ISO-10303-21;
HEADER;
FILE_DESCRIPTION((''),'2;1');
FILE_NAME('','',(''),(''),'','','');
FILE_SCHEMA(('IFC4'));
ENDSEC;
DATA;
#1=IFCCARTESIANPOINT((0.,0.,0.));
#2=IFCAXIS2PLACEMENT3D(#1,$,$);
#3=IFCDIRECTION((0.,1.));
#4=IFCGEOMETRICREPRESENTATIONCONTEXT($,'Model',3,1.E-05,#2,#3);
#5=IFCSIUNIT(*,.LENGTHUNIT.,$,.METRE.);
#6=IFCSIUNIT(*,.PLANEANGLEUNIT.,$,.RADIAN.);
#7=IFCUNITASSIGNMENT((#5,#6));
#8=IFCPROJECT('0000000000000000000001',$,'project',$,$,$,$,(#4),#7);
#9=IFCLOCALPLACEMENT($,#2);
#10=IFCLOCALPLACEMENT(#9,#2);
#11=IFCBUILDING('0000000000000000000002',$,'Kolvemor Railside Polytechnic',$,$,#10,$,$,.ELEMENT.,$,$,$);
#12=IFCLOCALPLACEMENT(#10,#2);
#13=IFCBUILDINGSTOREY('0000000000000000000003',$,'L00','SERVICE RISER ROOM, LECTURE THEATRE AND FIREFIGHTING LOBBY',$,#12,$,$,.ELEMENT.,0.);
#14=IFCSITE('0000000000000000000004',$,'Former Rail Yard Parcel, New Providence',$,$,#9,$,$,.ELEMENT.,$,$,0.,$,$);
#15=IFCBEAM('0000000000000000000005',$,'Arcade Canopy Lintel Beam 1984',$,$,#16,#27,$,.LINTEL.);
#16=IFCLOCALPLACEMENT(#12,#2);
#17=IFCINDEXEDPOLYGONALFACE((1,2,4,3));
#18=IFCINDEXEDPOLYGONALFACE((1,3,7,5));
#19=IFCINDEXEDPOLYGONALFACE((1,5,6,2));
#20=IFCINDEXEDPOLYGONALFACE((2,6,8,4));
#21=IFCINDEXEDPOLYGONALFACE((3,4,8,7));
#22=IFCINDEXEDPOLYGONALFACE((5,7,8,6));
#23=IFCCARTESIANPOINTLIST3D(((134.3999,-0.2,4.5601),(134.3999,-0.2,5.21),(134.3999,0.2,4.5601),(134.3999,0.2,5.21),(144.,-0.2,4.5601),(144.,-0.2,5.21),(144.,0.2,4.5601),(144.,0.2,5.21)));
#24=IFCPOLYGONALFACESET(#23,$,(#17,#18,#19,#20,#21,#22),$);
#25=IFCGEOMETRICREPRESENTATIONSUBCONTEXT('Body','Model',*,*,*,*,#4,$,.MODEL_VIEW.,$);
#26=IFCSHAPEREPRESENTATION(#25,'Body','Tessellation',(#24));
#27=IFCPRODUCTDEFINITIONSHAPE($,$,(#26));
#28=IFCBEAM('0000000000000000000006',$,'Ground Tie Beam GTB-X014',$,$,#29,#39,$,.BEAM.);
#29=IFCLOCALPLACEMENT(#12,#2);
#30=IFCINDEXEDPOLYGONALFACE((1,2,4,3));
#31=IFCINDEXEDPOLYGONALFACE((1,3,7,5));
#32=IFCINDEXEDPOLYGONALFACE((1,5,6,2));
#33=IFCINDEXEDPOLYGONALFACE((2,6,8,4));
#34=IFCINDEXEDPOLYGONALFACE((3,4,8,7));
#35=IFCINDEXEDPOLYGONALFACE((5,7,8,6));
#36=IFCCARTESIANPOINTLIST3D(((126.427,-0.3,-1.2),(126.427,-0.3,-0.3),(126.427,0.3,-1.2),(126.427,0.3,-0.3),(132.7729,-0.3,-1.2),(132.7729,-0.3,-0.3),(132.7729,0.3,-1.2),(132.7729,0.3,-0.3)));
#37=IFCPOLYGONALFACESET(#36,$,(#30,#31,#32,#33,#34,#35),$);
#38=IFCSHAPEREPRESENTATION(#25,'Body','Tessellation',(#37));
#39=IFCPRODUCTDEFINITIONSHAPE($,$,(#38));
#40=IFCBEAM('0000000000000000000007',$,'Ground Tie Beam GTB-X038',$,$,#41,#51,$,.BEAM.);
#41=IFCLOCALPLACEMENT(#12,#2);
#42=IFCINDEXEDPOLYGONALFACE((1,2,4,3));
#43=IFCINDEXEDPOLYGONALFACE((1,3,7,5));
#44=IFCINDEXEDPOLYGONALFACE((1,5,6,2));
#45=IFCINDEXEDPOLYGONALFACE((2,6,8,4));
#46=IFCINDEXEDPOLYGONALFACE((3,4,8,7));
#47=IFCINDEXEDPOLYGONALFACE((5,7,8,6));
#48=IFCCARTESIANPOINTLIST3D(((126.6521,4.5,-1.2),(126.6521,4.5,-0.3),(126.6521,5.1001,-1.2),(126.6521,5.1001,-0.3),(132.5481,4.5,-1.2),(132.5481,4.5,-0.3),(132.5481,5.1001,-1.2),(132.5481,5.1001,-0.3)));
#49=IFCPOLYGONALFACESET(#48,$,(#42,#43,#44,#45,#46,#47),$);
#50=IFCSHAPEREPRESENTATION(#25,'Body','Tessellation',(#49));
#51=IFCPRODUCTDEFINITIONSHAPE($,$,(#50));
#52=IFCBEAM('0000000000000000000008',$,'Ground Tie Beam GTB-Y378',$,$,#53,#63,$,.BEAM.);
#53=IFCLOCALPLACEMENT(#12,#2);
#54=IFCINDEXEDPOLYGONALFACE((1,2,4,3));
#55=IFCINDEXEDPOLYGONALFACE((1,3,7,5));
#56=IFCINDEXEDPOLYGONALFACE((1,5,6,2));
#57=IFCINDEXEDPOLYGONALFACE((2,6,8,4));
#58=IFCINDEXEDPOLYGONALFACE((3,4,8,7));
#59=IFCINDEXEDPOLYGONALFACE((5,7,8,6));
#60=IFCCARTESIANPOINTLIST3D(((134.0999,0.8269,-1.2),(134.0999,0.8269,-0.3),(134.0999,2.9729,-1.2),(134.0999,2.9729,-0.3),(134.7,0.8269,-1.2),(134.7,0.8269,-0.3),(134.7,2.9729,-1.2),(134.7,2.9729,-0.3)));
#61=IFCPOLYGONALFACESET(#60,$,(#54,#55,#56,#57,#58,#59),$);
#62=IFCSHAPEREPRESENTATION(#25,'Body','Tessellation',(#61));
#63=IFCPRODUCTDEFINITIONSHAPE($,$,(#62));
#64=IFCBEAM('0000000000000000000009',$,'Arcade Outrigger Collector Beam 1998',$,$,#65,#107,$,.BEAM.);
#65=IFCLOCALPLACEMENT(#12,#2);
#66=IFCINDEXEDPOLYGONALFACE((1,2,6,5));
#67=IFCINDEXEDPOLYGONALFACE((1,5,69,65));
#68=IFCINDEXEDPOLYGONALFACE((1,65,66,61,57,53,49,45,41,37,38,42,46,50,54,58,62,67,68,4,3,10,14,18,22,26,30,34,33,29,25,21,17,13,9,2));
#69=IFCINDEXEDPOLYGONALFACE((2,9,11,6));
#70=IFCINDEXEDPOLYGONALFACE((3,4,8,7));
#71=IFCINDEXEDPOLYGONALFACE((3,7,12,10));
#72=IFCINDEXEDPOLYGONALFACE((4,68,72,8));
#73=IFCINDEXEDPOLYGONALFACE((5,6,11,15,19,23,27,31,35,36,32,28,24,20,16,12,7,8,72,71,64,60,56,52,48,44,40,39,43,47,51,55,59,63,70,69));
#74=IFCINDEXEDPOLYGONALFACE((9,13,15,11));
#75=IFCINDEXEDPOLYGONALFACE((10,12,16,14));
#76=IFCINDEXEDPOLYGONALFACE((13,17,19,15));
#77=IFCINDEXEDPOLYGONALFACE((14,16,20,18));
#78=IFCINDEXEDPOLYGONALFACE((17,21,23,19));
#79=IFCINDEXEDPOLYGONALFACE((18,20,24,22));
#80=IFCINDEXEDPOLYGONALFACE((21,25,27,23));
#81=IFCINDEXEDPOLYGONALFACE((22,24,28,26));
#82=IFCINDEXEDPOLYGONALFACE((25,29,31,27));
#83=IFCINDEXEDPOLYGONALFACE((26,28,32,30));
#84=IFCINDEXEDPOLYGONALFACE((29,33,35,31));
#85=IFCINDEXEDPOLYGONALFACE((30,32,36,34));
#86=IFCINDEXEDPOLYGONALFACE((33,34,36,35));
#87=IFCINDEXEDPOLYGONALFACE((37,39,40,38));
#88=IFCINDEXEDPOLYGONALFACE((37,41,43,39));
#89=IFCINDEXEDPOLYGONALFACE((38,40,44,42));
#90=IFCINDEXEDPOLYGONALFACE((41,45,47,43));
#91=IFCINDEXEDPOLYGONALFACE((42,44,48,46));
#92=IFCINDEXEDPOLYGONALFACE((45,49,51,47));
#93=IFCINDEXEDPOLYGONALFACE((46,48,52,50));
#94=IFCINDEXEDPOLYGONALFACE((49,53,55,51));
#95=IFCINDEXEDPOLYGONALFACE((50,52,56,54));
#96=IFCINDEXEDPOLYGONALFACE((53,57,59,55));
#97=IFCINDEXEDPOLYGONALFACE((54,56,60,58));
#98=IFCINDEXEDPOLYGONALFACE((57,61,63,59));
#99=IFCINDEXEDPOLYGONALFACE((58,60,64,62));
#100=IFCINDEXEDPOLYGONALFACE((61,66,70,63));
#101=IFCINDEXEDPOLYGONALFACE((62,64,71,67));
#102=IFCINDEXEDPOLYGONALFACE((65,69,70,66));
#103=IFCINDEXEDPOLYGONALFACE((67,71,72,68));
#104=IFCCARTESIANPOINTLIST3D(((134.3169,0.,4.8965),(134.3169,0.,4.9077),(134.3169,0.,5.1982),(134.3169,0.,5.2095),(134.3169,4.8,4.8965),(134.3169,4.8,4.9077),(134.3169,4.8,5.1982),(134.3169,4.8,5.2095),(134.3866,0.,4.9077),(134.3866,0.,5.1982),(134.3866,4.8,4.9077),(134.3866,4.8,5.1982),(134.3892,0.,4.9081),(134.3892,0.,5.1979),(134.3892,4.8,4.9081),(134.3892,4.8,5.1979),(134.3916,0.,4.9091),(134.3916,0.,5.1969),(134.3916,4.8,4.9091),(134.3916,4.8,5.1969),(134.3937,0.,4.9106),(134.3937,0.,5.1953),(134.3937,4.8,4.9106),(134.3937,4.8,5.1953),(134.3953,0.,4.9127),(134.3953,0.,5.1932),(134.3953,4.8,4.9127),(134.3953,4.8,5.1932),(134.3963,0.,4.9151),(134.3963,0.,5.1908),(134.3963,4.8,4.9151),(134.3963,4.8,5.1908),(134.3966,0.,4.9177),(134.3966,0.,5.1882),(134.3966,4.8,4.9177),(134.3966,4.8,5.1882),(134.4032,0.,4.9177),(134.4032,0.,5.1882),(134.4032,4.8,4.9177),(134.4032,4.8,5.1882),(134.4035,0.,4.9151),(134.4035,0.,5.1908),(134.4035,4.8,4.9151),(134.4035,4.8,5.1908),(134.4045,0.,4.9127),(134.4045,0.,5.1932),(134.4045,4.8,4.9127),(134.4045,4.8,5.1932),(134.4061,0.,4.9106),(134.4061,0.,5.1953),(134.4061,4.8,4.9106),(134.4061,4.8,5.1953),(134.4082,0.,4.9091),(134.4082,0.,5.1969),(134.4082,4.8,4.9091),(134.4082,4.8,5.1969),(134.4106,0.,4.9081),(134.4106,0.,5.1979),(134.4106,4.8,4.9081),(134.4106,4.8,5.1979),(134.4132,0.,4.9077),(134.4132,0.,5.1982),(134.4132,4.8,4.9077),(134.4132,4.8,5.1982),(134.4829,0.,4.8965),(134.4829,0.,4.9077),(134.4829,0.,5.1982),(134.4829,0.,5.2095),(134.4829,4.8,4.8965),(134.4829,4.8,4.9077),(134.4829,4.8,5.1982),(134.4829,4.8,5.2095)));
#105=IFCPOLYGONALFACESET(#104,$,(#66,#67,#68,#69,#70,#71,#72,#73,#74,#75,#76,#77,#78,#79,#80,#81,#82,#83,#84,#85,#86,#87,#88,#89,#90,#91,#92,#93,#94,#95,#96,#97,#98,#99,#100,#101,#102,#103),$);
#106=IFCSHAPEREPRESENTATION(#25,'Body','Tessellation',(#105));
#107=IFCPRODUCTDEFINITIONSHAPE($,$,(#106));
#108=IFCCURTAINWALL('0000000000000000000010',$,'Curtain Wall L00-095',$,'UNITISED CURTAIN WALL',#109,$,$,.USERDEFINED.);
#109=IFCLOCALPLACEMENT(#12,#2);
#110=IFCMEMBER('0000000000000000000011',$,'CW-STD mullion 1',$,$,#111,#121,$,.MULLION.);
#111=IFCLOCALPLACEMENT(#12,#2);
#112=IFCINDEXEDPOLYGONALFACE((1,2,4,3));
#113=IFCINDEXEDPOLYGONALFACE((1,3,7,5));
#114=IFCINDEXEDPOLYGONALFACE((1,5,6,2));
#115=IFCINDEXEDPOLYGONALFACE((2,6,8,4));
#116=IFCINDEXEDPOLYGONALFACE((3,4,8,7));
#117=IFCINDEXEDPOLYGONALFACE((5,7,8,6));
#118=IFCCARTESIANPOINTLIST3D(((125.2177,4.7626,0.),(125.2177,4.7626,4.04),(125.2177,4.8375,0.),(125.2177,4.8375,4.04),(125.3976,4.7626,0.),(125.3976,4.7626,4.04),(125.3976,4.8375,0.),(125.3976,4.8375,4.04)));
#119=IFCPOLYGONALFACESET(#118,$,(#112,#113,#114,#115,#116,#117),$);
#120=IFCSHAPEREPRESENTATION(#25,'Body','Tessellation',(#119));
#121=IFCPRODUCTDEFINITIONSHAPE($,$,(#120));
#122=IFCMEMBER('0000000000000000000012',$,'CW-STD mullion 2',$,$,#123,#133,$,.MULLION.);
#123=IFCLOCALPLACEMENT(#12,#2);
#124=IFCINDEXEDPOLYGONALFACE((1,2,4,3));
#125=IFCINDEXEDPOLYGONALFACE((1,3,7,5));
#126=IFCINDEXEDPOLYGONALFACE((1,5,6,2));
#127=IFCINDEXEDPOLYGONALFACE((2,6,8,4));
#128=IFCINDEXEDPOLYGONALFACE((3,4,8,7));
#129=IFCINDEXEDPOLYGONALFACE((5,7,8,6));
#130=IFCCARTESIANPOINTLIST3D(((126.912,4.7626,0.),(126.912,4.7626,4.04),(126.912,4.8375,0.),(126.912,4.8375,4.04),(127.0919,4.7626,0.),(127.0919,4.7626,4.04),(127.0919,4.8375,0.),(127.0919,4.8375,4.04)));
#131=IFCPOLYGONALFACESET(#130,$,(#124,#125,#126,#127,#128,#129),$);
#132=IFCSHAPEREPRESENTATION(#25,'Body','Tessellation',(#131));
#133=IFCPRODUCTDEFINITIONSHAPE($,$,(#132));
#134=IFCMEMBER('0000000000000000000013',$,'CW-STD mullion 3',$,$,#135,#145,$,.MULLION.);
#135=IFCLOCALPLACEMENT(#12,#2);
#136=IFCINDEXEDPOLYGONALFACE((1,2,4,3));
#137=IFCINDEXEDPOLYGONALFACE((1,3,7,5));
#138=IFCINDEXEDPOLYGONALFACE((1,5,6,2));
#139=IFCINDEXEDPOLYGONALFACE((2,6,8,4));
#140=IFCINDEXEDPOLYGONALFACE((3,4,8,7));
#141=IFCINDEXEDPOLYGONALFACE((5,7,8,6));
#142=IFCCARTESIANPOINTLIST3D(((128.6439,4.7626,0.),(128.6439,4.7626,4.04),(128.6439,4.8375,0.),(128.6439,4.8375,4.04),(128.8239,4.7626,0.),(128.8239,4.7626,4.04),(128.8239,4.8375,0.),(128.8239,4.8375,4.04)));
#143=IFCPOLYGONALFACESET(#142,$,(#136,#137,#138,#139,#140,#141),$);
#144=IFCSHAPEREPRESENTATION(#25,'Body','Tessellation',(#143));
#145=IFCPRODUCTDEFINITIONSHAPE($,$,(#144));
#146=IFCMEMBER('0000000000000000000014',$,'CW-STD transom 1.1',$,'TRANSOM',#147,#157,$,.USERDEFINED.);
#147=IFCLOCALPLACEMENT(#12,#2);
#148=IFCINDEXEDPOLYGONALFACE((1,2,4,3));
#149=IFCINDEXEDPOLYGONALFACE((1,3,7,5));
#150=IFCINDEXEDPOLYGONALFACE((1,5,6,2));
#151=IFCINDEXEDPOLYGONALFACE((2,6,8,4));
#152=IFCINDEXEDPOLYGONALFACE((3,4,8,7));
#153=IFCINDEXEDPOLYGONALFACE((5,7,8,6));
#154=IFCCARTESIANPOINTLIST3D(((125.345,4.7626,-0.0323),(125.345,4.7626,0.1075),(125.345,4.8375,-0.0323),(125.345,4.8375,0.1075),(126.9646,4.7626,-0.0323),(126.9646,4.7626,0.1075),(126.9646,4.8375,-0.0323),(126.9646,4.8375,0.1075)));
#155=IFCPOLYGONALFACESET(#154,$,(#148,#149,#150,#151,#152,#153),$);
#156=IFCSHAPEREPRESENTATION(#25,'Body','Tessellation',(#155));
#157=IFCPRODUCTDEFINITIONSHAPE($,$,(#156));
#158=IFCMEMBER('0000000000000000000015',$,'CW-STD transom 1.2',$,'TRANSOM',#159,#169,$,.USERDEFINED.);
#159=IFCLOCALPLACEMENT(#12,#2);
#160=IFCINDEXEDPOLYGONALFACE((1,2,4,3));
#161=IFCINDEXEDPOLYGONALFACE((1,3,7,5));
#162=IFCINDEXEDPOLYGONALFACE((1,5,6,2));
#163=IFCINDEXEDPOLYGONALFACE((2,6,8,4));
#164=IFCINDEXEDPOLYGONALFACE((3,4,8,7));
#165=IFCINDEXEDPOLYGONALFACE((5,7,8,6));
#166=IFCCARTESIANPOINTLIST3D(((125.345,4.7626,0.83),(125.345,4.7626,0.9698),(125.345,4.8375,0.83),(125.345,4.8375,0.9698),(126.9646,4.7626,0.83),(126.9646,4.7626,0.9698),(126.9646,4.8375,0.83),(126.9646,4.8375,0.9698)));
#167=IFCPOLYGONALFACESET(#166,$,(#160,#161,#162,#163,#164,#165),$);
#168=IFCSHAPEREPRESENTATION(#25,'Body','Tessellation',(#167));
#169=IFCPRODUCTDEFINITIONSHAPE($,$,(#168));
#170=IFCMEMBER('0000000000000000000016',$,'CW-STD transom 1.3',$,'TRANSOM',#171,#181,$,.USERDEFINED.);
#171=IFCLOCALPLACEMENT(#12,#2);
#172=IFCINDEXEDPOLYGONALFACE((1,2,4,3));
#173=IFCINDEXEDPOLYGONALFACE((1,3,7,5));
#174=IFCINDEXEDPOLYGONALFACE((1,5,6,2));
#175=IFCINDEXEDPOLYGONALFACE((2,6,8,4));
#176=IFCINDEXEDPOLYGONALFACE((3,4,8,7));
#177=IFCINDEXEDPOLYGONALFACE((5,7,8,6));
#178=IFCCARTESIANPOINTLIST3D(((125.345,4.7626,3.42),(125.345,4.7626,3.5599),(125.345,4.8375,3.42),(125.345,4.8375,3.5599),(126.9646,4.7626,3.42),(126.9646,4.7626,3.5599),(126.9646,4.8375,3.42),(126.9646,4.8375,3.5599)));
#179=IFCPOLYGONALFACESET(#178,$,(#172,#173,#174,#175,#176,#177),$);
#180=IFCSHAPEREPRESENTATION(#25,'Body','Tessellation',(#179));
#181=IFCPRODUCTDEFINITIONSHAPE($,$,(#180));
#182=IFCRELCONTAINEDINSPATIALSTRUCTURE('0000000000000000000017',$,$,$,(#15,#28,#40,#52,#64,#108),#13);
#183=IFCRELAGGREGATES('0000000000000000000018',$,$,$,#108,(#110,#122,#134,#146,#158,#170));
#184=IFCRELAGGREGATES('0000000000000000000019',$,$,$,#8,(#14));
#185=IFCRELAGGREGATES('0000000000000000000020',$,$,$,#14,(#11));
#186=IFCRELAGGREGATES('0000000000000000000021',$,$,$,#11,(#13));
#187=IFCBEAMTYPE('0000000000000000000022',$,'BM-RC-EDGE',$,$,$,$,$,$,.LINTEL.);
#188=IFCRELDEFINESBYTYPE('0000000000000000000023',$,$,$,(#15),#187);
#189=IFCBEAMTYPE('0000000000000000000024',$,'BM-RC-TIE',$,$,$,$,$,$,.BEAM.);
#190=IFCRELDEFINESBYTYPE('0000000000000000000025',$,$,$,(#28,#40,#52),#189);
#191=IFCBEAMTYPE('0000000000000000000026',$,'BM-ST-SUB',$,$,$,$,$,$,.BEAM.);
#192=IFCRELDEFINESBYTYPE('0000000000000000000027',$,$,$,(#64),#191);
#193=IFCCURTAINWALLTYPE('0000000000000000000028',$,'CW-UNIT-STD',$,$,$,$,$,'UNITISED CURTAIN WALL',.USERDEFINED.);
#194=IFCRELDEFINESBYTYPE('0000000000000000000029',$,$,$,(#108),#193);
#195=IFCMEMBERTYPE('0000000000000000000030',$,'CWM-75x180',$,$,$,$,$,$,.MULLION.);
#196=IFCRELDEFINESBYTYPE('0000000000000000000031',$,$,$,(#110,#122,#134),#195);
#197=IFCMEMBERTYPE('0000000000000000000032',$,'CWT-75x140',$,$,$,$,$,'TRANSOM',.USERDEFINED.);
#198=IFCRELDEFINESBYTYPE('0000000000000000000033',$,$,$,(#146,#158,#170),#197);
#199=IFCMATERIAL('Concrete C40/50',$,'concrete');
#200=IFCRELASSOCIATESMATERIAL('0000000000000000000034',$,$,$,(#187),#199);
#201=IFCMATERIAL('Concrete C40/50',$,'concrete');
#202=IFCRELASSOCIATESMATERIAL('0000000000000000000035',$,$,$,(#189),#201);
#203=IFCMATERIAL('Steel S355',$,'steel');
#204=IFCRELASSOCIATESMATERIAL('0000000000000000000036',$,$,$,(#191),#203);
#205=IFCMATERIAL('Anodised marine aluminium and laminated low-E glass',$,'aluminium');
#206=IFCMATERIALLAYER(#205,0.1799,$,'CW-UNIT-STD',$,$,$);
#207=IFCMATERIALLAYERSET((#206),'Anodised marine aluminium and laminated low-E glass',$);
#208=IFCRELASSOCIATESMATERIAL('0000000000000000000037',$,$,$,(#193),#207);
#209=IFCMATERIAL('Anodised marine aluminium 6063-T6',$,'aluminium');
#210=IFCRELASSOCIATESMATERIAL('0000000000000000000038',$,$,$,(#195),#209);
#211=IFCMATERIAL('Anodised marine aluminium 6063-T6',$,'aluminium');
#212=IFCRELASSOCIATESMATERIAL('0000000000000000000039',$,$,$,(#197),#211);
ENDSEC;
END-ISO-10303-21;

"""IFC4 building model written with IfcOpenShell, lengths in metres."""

from ifc_helpers import new_model, si_unit, direction, frame, origin, origin_2d, place, context, subcontext, project, spatial, rectangle, i_section, extrude, material, layer, layer_set, material_profile, profile_set, type_object, element, aggregate, save


model = new_model("IFC4")

# Units and contexts
model_context = context("Model", 3, precision=1e-05, world=origin(), true_north=direction((0.0, 1.0)))
body_context = subcontext(model_context, "Body", "Model", "MODEL_VIEW")
ifc_project = project(units=[si_unit("LENGTHUNIT", "METRE"), si_unit("PLANEANGLEUNIT", "RADIAN")], contexts=[model_context])

# Site, building, storey
site_placement = place(None, origin())
site = spatial("IfcSite", under=ifc_project, at=site_placement, Name="Former Rail Yard Parcel, New Providence", CompositionType="ELEMENT", RefElevation=0.0)
building_placement = place(site_placement, origin())
building = spatial("IfcBuilding", under=site, at=building_placement, Name="Kolvemor Railside Polytechnic", CompositionType="ELEMENT")
storey_placement = place(building_placement, origin())
storey = spatial("IfcBuildingStorey", under=building, at=storey_placement, Name="L00", Description="SERVICE RISER ROOM, LECTURE THEATRE AND FIREFIGHTING LOBBY", CompositionType="ELEMENT", Elevation=0.0)

# Beams
ifc_material_1 = material(Name="Concrete C40/50", Category="concrete")
ifc_material_profile_1 = material_profile(ifc_material_1, rectangle(XDim=0.3999, YDim=0.6499, at=origin_2d()), Name="RC400x650")
ifc_profile_set_1 = profile_set([ifc_material_profile_1], Name="Concrete C40/50")
beam_type_1 = type_object("IfcBeamType", Name="BM-RC-EDGE", PredefinedType="LINTEL", material=ifc_profile_set_1)
beam_1_placement = place(storey_placement, frame((134.3999, 0.0, 4.885), z_axis=(1.0, 0.0, 0.0), x_axis=(0.0, 1.0, 0.0)))
element("IfcBeam", 1, at=beam_1_placement, inside=storey, type_object=beam_type_1, Name="Arcade Canopy Lintel Beam 1984", PredefinedType="LINTEL", context=body_context, shape_type="SweptSolid", body=[
    extrude(rectangle(XDim=0.3999, YDim=0.6499, at=origin_2d()), origin(), (0.0, 0.0, 1.0), 9.6001),
])
ifc_material_2 = material(Name="Concrete C40/50", Category="concrete")
ifc_material_profile_2 = material_profile(ifc_material_2, rectangle(XDim=0.6001, YDim=0.8999, at=origin_2d()), Name="RC600x900")
ifc_profile_set_2 = profile_set([ifc_material_profile_2], Name="Concrete C40/50")
beam_type_2 = type_object("IfcBeamType", Name="BM-RC-TIE", PredefinedType="BEAM", material=ifc_profile_set_2)
beam_2_placement = place(storey_placement, frame((126.427, 0.0, -0.75), z_axis=(1.0, 0.0, 0.0), x_axis=(0.0, 1.0, 0.0)))
element("IfcBeam", 2, at=beam_2_placement, inside=storey, type_object=beam_type_2, Name="Ground Tie Beam GTB-X014", PredefinedType="BEAM", context=body_context, shape_type="SweptSolid", body=[
    extrude(rectangle(XDim=0.6001, YDim=0.8999, at=origin_2d()), origin(), (0.0, 0.0, 1.0), 6.3459),
])
beam_3_placement = place(storey_placement, frame((126.6521, 4.8, -0.75), z_axis=(1.0, 0.0, 0.0), x_axis=(0.0, 1.0, 0.0)))
element("IfcBeam", 3, at=beam_3_placement, inside=storey, type_object=beam_type_2, Name="Ground Tie Beam GTB-X038", PredefinedType="BEAM", context=body_context, shape_type="SweptSolid", body=[
    extrude(rectangle(XDim=0.6001, YDim=0.8999, at=origin_2d()), origin(), (0.0, 0.0, 1.0), 5.896),
])
beam_4_placement = place(storey_placement, frame((134.3999, 0.8269, -0.75), z_axis=(0.0, 1.0, 0.0), x_axis=(-1.0, 0.0, 0.0)))
element("IfcBeam", 4, at=beam_4_placement, inside=storey, type_object=beam_type_2, Name="Ground Tie Beam GTB-Y378", PredefinedType="BEAM", context=body_context, shape_type="SweptSolid", body=[
    extrude(rectangle(XDim=0.6001, YDim=0.8999, at=origin_2d()), origin(), (0.0, 0.0, 1.0), 2.146),
])
ifc_material_3 = material(Name="Steel S355", Category="steel")
ifc_material_profile_3 = material_profile(ifc_material_3, i_section(OverallWidth=0.166, OverallDepth=0.313, WebThickness=0.0066, FlangeThickness=0.0112, FilletRadius=0.01, at=origin_2d()), Name="W310x45")
ifc_profile_set_3 = profile_set([ifc_material_profile_3], Name="Steel S355")
beam_type_3 = type_object("IfcBeamType", Name="BM-ST-SUB", PredefinedType="BEAM", material=ifc_profile_set_3)
beam_5_placement = place(storey_placement, frame((134.3999, 0.0, 5.053), z_axis=(0.0, 1.0, 0.0), x_axis=(-1.0, 0.0, 0.0)))
element("IfcBeam", 5, at=beam_5_placement, inside=storey, type_object=beam_type_3, Name="Arcade Outrigger Collector Beam 1998", PredefinedType="BEAM", context=body_context, shape_type="SweptSolid", body=[
    extrude(i_section(OverallWidth=0.166, OverallDepth=0.313, WebThickness=0.0066, FlangeThickness=0.0112, FilletRadius=0.01, at=origin_2d()), origin(), (0.0, 0.0, 1.0), 4.8),
])

# Curtain wall, members
ifc_material_4 = material(Name="Anodised marine aluminium and laminated low-E glass", Category="aluminium")
ifc_layer_1 = layer(ifc_material_4, 0.1799, Name="CW-UNIT-STD")
ifc_layer_set_1 = layer_set([ifc_layer_1], Name="Anodised marine aluminium and laminated low-E glass")
curtain_wall_type = type_object("IfcCurtainWallType", Name="CW-UNIT-STD", ElementType="UNITISED CURTAIN WALL", PredefinedType="USERDEFINED", material=ifc_layer_set_1)
curtain_wall_placement = place(storey_placement, origin())
curtain_wall = element("IfcCurtainWall", 6, at=curtain_wall_placement, inside=storey, type_object=curtain_wall_type, Name="Curtain Wall L00-095", ObjectType="UNITISED CURTAIN WALL", PredefinedType="USERDEFINED")
ifc_material_5 = material(Name="Anodised marine aluminium 6063-T6", Category="aluminium")
ifc_material_profile_4 = material_profile(ifc_material_5, rectangle(XDim=0.075, YDim=0.1799, at=origin_2d()), Name="CW-MUL-75x180")
ifc_profile_set_4 = profile_set([ifc_material_profile_4], Name="Anodised marine aluminium 6063-T6")
member_type_1 = type_object("IfcMemberType", Name="CWM-75x180", PredefinedType="MULLION", material=ifc_profile_set_4)
member_1_placement = place(storey_placement, frame((125.3076, 4.8, 0.0), z_axis=(0.0, 0.0, 1.0), x_axis=(0.0, 1.0, 0.0)))
member_1 = element("IfcMember", 7, at=member_1_placement, type_object=member_type_1, Name="CW-STD mullion 1", PredefinedType="MULLION", context=body_context, shape_type="SweptSolid", body=[
    extrude(rectangle(XDim=0.075, YDim=0.1799, at=origin_2d()), origin(), (0.0, 0.0, 1.0), 4.04),
])
member_2_placement = place(storey_placement, frame((127.002, 4.8, 0.0), z_axis=(0.0, 0.0, 1.0), x_axis=(0.0, 1.0, 0.0)))
member_2 = element("IfcMember", 8, at=member_2_placement, type_object=member_type_1, Name="CW-STD mullion 2", PredefinedType="MULLION", context=body_context, shape_type="SweptSolid", body=[
    extrude(rectangle(XDim=0.075, YDim=0.1799, at=origin_2d()), origin(), (0.0, 0.0, 1.0), 4.04),
])
member_3_placement = place(storey_placement, frame((128.7339, 4.8, 0.0), z_axis=(0.0, 0.0, 1.0), x_axis=(0.0, 1.0, 0.0)))
member_3 = element("IfcMember", 9, at=member_3_placement, type_object=member_type_1, Name="CW-STD mullion 3", PredefinedType="MULLION", context=body_context, shape_type="SweptSolid", body=[
    extrude(rectangle(XDim=0.075, YDim=0.1799, at=origin_2d()), origin(), (0.0, 0.0, 1.0), 4.04),
])
ifc_material_6 = material(Name="Anodised marine aluminium 6063-T6", Category="aluminium")
ifc_material_profile_5 = material_profile(ifc_material_6, rectangle(XDim=0.075, YDim=0.1399, at=origin_2d()), Name="CW-TRN-75x140")
ifc_profile_set_5 = profile_set([ifc_material_profile_5], Name="Anodised marine aluminium 6063-T6")
member_type_2 = type_object("IfcMemberType", Name="CWT-75x140", ElementType="TRANSOM", PredefinedType="USERDEFINED", material=ifc_profile_set_5)
member_4_placement = place(storey_placement, frame((125.345, 4.8, 0.0376), z_axis=(1.0, 0.0, 0.0), x_axis=(0.0, 1.0, 0.0)))
member_4 = element("IfcMember", 10, at=member_4_placement, type_object=member_type_2, Name="CW-STD transom 1.1", ObjectType="TRANSOM", PredefinedType="USERDEFINED", context=body_context, shape_type="SweptSolid", body=[
    extrude(rectangle(XDim=0.075, YDim=0.1399, at=origin_2d()), origin(), (0.0, 0.0, 1.0), 1.6196),
])
member_5_placement = place(storey_placement, frame((125.345, 4.8, 0.8999), z_axis=(1.0, 0.0, 0.0), x_axis=(0.0, 1.0, 0.0)))
member_5 = element("IfcMember", 11, at=member_5_placement, type_object=member_type_2, Name="CW-STD transom 1.2", ObjectType="TRANSOM", PredefinedType="USERDEFINED", context=body_context, shape_type="SweptSolid", body=[
    extrude(rectangle(XDim=0.075, YDim=0.1399, at=origin_2d()), origin(), (0.0, 0.0, 1.0), 1.6196),
])
member_6_placement = place(storey_placement, frame((125.345, 4.8, 3.49), z_axis=(1.0, 0.0, 0.0), x_axis=(0.0, 1.0, 0.0)))
member_6 = element("IfcMember", 12, at=member_6_placement, type_object=member_type_2, Name="CW-STD transom 1.3", ObjectType="TRANSOM", PredefinedType="USERDEFINED", context=body_context, shape_type="SweptSolid", body=[
    extrude(rectangle(XDim=0.075, YDim=0.1399, at=origin_2d()), origin(), (0.0, 0.0, 1.0), 1.6196),
])

aggregate(curtain_wall, [member_1, member_2, member_3, member_4, member_5, member_6])

save(model, "model.ifc")
